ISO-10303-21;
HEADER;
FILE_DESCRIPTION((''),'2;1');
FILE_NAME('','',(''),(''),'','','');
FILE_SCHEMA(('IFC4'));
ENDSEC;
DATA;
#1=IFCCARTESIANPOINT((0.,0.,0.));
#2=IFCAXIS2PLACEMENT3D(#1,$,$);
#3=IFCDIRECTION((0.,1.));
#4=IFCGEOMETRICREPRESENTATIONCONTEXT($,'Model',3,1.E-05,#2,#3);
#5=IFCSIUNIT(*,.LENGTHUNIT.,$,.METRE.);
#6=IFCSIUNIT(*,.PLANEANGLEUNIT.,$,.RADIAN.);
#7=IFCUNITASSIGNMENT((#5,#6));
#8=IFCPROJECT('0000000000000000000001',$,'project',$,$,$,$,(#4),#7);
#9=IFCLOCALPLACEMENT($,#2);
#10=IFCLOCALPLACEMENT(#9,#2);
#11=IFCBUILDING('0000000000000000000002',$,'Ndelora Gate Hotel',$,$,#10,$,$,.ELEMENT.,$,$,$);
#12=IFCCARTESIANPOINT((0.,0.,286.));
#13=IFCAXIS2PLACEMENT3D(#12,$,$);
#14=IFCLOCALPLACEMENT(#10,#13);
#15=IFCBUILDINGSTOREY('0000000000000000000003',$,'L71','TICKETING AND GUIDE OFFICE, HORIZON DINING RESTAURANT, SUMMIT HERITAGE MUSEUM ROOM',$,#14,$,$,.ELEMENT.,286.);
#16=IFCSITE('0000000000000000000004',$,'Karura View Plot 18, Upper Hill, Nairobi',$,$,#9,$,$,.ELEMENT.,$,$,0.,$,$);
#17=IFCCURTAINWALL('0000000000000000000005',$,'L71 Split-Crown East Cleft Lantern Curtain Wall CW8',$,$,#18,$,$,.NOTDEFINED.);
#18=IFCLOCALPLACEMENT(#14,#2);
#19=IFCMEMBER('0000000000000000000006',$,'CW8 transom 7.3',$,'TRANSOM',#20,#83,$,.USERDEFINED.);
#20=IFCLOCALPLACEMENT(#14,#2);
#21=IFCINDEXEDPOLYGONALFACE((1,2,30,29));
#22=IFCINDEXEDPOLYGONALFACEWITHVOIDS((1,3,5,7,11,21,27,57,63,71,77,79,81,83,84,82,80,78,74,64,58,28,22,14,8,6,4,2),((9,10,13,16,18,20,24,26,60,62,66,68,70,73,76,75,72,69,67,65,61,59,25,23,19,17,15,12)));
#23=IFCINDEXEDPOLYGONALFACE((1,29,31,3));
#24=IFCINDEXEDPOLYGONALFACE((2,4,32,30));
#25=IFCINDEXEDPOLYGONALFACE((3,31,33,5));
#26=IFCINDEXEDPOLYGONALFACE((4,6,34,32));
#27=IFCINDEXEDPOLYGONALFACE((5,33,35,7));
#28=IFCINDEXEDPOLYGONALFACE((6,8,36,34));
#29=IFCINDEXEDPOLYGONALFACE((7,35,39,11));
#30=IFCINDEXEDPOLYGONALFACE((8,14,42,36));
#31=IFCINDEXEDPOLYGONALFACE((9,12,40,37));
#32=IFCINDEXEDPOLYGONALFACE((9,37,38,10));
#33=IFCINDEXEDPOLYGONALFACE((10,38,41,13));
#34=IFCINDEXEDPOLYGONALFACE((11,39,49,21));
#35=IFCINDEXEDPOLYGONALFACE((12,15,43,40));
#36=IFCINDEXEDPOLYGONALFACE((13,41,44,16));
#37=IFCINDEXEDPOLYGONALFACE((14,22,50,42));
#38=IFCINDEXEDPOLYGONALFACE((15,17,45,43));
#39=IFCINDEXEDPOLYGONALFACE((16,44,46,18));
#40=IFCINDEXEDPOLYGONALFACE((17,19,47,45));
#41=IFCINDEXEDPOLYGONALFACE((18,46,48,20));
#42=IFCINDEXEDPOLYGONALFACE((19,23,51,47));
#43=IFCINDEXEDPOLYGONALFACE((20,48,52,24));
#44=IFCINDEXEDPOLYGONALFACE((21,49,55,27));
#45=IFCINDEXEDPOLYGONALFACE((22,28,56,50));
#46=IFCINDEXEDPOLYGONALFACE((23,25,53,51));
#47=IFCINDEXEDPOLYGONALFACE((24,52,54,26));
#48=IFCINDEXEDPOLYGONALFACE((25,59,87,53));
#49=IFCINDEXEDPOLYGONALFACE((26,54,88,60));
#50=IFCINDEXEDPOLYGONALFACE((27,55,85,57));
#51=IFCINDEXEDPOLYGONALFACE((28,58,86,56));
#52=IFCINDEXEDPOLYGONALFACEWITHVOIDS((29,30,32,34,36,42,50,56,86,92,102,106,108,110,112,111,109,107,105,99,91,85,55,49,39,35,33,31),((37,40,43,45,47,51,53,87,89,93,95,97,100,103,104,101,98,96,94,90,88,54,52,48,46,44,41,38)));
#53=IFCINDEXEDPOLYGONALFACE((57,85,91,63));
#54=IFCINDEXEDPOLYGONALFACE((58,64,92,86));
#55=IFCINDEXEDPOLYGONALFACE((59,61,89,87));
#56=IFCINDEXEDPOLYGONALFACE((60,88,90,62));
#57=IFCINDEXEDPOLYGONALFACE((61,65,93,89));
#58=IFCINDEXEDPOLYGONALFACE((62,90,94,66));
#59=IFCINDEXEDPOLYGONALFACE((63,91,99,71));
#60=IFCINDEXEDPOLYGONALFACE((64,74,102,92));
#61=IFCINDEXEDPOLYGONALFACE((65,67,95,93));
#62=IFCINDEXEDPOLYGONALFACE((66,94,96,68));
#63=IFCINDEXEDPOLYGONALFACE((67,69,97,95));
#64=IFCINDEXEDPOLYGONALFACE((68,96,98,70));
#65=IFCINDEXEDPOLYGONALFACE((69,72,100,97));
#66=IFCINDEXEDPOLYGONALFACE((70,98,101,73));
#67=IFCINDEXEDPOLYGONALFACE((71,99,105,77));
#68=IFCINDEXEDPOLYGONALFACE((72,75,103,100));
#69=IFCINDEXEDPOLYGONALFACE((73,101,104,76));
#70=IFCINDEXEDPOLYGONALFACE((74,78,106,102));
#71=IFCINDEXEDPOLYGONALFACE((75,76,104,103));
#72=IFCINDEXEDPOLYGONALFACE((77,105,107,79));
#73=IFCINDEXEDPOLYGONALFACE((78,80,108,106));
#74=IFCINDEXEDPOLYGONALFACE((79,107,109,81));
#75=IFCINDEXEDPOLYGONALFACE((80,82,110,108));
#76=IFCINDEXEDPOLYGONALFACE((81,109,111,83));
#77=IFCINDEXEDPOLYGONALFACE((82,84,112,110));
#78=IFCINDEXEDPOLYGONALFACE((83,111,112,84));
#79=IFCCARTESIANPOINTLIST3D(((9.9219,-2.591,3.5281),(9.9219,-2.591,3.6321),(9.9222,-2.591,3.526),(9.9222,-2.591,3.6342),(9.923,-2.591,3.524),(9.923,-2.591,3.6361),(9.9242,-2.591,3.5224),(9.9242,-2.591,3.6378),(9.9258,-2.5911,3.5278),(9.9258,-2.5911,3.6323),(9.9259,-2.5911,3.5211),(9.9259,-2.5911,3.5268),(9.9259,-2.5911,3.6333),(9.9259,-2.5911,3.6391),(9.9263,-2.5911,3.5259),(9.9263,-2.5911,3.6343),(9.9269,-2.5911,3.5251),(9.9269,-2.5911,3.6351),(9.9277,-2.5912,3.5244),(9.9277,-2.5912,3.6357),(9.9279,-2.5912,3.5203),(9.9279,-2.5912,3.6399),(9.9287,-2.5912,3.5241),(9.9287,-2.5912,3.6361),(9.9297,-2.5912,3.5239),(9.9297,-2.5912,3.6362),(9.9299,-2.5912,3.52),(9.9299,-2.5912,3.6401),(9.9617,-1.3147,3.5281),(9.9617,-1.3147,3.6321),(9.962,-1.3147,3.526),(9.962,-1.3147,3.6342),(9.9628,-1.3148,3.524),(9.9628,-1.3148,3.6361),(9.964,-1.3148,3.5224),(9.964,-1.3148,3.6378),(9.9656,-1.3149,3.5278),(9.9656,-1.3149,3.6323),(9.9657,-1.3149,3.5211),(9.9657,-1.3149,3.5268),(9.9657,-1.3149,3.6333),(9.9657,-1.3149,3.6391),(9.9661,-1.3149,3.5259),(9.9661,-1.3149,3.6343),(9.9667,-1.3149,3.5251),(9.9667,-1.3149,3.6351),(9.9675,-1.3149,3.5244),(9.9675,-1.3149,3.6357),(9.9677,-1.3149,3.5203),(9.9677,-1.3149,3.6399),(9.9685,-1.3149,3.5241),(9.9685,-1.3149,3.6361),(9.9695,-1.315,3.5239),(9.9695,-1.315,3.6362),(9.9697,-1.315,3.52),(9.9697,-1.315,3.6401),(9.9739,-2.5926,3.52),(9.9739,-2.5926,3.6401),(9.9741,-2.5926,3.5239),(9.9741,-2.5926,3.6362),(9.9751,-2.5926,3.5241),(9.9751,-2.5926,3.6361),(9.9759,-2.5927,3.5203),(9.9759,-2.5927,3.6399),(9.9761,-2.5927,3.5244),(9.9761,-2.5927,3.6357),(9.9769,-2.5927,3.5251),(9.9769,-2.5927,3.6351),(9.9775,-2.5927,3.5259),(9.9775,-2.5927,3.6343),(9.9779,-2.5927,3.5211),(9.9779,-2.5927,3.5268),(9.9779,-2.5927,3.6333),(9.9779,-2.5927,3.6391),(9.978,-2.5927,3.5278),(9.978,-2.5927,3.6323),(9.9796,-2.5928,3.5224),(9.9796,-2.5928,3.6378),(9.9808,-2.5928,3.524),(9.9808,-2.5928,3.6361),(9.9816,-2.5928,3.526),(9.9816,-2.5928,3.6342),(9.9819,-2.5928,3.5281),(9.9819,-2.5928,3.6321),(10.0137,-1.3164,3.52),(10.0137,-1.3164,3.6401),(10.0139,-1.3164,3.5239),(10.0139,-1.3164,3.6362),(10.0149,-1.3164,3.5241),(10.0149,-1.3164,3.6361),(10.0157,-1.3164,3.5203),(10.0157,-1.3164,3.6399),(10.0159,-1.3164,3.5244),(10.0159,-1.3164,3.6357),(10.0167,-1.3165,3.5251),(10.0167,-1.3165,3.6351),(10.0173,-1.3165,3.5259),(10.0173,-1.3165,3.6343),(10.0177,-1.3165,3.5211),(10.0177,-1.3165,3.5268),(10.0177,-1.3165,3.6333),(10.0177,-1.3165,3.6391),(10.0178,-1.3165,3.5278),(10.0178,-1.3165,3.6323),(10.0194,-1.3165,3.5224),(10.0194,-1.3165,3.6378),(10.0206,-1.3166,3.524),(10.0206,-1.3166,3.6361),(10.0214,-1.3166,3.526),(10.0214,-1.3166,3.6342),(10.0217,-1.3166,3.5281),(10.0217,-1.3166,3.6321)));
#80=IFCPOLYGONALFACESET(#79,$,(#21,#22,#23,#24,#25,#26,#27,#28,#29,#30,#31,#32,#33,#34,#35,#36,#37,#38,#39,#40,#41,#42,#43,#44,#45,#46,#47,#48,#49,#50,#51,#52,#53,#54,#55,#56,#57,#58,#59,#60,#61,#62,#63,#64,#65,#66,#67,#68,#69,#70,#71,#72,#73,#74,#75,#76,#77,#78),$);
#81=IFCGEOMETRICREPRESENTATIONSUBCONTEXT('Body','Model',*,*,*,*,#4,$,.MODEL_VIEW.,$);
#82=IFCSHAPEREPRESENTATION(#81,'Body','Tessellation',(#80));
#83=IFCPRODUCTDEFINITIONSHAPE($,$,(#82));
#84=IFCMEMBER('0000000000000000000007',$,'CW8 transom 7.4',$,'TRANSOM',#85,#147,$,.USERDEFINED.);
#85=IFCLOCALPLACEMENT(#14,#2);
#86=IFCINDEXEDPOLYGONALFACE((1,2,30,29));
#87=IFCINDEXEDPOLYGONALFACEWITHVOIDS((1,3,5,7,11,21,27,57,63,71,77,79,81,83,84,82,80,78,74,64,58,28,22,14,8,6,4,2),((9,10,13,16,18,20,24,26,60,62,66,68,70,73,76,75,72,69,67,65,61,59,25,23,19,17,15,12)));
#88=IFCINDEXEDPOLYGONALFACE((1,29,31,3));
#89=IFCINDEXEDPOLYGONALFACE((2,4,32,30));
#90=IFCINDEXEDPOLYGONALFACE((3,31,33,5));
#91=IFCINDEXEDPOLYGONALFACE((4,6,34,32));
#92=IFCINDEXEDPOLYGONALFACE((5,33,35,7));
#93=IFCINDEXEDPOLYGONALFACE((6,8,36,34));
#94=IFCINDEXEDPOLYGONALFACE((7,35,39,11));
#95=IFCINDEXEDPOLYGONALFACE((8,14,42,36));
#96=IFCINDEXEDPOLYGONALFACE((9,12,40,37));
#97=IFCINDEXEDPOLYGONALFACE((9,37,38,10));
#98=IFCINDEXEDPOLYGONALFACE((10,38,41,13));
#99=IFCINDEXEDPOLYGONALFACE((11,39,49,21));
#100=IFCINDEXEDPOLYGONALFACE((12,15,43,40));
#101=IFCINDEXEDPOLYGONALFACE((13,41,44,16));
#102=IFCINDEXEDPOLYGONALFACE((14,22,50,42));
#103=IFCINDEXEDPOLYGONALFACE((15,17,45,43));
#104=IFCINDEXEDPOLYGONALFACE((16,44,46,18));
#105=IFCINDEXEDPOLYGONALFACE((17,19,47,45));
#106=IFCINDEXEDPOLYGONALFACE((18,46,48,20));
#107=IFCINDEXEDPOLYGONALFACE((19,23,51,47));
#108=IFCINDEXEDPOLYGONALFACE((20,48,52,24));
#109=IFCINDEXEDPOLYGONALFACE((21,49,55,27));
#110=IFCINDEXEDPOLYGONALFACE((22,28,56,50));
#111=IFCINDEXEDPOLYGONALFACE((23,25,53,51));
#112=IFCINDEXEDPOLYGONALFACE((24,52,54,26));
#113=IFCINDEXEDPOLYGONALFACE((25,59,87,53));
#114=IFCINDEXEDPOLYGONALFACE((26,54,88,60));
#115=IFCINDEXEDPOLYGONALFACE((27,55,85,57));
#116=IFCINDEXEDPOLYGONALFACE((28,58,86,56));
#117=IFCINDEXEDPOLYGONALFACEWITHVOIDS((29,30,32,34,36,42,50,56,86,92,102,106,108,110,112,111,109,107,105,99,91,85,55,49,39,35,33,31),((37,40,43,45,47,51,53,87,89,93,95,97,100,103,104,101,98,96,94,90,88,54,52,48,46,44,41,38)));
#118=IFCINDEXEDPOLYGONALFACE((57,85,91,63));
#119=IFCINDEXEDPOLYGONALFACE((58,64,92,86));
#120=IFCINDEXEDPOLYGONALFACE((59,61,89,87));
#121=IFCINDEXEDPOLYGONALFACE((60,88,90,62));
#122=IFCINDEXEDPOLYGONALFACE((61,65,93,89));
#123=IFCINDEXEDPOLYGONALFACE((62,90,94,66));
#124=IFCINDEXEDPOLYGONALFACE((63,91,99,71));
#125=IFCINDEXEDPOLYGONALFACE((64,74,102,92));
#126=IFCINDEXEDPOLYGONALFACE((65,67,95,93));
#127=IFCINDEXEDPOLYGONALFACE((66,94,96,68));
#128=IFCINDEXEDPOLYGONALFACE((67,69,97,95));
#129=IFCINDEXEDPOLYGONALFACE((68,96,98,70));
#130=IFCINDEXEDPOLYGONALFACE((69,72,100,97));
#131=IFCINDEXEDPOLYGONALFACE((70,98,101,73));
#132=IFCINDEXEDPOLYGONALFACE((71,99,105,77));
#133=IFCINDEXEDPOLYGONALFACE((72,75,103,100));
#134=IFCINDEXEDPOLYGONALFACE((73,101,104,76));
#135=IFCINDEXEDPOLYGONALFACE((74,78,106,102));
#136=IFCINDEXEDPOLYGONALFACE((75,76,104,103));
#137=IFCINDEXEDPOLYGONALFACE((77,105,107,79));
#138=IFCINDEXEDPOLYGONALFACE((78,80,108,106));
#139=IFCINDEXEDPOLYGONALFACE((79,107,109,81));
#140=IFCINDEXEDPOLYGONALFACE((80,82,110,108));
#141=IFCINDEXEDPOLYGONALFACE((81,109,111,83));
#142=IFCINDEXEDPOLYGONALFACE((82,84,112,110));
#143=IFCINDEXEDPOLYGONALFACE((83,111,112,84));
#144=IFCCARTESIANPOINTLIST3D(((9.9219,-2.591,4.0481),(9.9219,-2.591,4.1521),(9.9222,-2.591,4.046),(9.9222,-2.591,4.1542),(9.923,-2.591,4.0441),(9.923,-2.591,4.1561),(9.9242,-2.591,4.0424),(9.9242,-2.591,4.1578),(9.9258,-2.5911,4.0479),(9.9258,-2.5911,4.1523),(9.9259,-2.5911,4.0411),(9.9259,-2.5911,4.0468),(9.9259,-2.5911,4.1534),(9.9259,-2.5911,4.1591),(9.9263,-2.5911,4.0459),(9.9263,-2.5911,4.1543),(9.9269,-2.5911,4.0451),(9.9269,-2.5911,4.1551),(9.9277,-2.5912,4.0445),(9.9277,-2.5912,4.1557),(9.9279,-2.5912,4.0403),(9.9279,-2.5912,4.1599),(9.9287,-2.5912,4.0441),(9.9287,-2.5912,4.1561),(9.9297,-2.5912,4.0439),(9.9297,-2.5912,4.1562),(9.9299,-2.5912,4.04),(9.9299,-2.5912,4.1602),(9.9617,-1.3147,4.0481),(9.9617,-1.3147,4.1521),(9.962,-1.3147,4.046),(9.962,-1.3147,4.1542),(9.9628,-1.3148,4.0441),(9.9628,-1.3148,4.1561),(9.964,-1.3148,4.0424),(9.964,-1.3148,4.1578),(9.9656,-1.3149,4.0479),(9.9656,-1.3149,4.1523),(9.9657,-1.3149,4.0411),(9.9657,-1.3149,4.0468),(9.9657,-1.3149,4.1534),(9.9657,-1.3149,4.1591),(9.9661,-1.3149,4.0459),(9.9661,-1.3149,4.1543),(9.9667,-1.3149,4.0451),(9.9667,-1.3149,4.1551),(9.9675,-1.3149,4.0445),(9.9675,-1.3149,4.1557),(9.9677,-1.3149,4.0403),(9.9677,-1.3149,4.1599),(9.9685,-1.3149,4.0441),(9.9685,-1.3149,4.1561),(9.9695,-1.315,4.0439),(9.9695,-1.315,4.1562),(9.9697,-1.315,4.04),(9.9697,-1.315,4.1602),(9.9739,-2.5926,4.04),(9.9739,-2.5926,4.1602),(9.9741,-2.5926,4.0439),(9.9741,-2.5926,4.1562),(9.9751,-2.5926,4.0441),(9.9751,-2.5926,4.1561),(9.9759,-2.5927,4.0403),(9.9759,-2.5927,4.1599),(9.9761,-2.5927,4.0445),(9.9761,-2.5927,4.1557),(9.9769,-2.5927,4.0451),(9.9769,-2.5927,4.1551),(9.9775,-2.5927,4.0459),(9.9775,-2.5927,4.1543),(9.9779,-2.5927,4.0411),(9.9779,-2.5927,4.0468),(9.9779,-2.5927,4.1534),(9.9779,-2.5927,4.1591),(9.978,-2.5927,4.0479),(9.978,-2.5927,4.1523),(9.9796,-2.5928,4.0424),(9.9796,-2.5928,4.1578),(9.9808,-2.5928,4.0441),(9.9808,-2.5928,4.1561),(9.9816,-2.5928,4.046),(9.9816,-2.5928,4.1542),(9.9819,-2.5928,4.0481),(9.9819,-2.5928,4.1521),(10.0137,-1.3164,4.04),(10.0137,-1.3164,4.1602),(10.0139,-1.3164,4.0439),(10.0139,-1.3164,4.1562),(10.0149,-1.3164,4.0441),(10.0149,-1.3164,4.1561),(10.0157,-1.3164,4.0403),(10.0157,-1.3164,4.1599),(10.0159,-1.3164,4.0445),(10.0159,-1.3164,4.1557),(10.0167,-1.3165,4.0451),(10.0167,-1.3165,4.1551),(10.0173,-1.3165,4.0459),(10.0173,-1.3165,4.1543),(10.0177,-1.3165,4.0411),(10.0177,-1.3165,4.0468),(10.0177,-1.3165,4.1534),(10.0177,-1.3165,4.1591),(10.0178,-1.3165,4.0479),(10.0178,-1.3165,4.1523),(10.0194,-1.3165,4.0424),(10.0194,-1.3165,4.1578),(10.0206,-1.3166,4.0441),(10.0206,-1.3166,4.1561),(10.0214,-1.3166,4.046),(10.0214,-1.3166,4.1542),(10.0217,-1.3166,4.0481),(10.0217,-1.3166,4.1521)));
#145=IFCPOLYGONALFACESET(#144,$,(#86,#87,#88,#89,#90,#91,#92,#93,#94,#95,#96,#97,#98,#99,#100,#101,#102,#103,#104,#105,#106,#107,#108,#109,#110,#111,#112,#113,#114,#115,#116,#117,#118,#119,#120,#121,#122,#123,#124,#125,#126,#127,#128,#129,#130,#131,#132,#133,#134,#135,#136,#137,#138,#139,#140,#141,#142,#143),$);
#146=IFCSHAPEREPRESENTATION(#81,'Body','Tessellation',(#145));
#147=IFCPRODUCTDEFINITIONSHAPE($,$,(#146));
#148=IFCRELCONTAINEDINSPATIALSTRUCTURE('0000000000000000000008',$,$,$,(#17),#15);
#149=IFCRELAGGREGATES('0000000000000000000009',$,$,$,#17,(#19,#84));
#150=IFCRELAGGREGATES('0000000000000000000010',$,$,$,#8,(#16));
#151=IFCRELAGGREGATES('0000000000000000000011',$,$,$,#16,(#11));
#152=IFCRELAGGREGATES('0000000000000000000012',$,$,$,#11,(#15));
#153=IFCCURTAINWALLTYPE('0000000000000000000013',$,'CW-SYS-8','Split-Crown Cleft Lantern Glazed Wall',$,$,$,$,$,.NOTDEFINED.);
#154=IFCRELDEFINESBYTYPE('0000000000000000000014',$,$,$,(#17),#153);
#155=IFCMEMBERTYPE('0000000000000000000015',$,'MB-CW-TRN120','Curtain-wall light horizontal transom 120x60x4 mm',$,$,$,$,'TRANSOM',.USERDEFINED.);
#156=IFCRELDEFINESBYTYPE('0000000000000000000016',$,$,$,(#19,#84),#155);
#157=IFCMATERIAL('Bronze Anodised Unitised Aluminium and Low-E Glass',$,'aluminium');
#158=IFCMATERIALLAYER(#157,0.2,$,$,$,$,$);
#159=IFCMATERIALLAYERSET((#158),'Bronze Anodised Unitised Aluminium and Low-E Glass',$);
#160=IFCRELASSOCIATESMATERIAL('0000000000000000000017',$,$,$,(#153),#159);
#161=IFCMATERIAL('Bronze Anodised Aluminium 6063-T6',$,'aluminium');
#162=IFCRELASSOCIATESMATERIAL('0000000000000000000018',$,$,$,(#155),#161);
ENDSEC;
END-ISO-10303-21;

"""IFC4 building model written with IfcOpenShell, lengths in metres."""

from ifc_helpers import new_model, si_unit, direction, frame, origin, origin_2d, place, context, subcontext, project, spatial, hollow_rectangle, extrude, material, layer, layer_set, material_profile, profile_set, type_object, element, aggregate, save


model = new_model("IFC4")

# Units and contexts
model_context = context("Model", 3, precision=1e-05, world=origin(), true_north=direction((0.0, 1.0)))
body_context = subcontext(model_context, "Body", "Model", "MODEL_VIEW")
ifc_project = project(units=[si_unit("LENGTHUNIT", "METRE"), si_unit("PLANEANGLEUNIT", "RADIAN")], contexts=[model_context])

# Site, building, storey
site_placement = place(None, origin())
site = spatial("IfcSite", under=ifc_project, at=site_placement, Name="Karura View Plot 18, Upper Hill, Nairobi", CompositionType="ELEMENT", RefElevation=0.0)
building_placement = place(site_placement, origin())
building = spatial("IfcBuilding", under=site, at=building_placement, Name="Ndelora Gate Hotel", CompositionType="ELEMENT")
storey_placement = place(building_placement, frame((0.0, 0.0, 286.0)))
storey = spatial("IfcBuildingStorey", under=building, at=storey_placement, Name="L71", Description="TICKETING AND GUIDE OFFICE, HORIZON DINING RESTAURANT, SUMMIT HERITAGE MUSEUM ROOM", CompositionType="ELEMENT", Elevation=286.0)

# Shared definitions
ifc_material_1 = material(Name="Bronze Anodised Unitised Aluminium and Low-E Glass", Category="aluminium")
ifc_layer_1 = layer(ifc_material_1, 0.2)
ifc_layer_set_1 = layer_set([ifc_layer_1], Name="Bronze Anodised Unitised Aluminium and Low-E Glass")
curtain_wall_type = type_object("IfcCurtainWallType", Name="CW-SYS-8", Description="Split-Crown Cleft Lantern Glazed Wall", PredefinedType="NOTDEFINED", material=ifc_layer_set_1)
ifc_material_2 = material(Name="Bronze Anodised Aluminium 6063-T6", Category="aluminium")

# Curtain wall, members
curtain_wall_1_placement = place(storey_placement, origin())
curtain_wall_1 = element("IfcCurtainWall", 1, at=curtain_wall_1_placement, inside=storey, type_object=curtain_wall_type, Name="L71 Split-Crown East Cleft Lantern Curtain Wall CW8", PredefinedType="NOTDEFINED")
ifc_material_profile_1 = material_profile(ifc_material_2, hollow_rectangle(XDim=0.0601, YDim=0.1201, WallThickness=0.0039, InnerFilletRadius=0.0039, OuterFilletRadius=0.0081, at=origin_2d()), Name="ALU 120x60x4")
ifc_profile_set_1 = profile_set([ifc_material_profile_1], Name="Bronze Anodised Aluminium 6063-T6")
member_type_1 = type_object("IfcMemberType", Name="MB-CW-TRN120", Description="Curtain-wall light horizontal transom 120x60x4 mm", ElementType="TRANSOM", PredefinedType="USERDEFINED", material=ifc_profile_set_1)
member_1_placement = place(storey_placement, frame((9.9917, -1.3157, 3.5801), z_axis=(-0.031169, -0.999514, 0.0), x_axis=(0.999514, -0.031169, 0.0)))
member_1 = element("IfcMember", 2, at=member_1_placement, type_object=member_type_1, Name="CW8 transom 7.3", ObjectType="TRANSOM", PredefinedType="USERDEFINED", context=body_context, shape_type="SweptSolid", body=[
    extrude(hollow_rectangle(XDim=0.0601, YDim=0.1201, WallThickness=0.0039, InnerFilletRadius=0.0039, OuterFilletRadius=0.0081, at=origin_2d()), origin(), (0.0, 0.0, 1.0), 1.2769),
])
member_2_placement = place(storey_placement, frame((9.9917, -1.3157, 4.1001), z_axis=(-0.031169, -0.999514, 0.0), x_axis=(0.999514, -0.031169, 0.0)))
member_2 = element("IfcMember", 3, at=member_2_placement, type_object=member_type_1, Name="CW8 transom 7.4", ObjectType="TRANSOM", PredefinedType="USERDEFINED", context=body_context, shape_type="SweptSolid", body=[
    extrude(hollow_rectangle(XDim=0.0601, YDim=0.1201, WallThickness=0.0039, InnerFilletRadius=0.0039, OuterFilletRadius=0.0081, at=origin_2d()), origin(), (0.0, 0.0, 1.0), 1.2769),
])

aggregate(curtain_wall_1, [member_1, member_2])

save(model, "model.ifc")
